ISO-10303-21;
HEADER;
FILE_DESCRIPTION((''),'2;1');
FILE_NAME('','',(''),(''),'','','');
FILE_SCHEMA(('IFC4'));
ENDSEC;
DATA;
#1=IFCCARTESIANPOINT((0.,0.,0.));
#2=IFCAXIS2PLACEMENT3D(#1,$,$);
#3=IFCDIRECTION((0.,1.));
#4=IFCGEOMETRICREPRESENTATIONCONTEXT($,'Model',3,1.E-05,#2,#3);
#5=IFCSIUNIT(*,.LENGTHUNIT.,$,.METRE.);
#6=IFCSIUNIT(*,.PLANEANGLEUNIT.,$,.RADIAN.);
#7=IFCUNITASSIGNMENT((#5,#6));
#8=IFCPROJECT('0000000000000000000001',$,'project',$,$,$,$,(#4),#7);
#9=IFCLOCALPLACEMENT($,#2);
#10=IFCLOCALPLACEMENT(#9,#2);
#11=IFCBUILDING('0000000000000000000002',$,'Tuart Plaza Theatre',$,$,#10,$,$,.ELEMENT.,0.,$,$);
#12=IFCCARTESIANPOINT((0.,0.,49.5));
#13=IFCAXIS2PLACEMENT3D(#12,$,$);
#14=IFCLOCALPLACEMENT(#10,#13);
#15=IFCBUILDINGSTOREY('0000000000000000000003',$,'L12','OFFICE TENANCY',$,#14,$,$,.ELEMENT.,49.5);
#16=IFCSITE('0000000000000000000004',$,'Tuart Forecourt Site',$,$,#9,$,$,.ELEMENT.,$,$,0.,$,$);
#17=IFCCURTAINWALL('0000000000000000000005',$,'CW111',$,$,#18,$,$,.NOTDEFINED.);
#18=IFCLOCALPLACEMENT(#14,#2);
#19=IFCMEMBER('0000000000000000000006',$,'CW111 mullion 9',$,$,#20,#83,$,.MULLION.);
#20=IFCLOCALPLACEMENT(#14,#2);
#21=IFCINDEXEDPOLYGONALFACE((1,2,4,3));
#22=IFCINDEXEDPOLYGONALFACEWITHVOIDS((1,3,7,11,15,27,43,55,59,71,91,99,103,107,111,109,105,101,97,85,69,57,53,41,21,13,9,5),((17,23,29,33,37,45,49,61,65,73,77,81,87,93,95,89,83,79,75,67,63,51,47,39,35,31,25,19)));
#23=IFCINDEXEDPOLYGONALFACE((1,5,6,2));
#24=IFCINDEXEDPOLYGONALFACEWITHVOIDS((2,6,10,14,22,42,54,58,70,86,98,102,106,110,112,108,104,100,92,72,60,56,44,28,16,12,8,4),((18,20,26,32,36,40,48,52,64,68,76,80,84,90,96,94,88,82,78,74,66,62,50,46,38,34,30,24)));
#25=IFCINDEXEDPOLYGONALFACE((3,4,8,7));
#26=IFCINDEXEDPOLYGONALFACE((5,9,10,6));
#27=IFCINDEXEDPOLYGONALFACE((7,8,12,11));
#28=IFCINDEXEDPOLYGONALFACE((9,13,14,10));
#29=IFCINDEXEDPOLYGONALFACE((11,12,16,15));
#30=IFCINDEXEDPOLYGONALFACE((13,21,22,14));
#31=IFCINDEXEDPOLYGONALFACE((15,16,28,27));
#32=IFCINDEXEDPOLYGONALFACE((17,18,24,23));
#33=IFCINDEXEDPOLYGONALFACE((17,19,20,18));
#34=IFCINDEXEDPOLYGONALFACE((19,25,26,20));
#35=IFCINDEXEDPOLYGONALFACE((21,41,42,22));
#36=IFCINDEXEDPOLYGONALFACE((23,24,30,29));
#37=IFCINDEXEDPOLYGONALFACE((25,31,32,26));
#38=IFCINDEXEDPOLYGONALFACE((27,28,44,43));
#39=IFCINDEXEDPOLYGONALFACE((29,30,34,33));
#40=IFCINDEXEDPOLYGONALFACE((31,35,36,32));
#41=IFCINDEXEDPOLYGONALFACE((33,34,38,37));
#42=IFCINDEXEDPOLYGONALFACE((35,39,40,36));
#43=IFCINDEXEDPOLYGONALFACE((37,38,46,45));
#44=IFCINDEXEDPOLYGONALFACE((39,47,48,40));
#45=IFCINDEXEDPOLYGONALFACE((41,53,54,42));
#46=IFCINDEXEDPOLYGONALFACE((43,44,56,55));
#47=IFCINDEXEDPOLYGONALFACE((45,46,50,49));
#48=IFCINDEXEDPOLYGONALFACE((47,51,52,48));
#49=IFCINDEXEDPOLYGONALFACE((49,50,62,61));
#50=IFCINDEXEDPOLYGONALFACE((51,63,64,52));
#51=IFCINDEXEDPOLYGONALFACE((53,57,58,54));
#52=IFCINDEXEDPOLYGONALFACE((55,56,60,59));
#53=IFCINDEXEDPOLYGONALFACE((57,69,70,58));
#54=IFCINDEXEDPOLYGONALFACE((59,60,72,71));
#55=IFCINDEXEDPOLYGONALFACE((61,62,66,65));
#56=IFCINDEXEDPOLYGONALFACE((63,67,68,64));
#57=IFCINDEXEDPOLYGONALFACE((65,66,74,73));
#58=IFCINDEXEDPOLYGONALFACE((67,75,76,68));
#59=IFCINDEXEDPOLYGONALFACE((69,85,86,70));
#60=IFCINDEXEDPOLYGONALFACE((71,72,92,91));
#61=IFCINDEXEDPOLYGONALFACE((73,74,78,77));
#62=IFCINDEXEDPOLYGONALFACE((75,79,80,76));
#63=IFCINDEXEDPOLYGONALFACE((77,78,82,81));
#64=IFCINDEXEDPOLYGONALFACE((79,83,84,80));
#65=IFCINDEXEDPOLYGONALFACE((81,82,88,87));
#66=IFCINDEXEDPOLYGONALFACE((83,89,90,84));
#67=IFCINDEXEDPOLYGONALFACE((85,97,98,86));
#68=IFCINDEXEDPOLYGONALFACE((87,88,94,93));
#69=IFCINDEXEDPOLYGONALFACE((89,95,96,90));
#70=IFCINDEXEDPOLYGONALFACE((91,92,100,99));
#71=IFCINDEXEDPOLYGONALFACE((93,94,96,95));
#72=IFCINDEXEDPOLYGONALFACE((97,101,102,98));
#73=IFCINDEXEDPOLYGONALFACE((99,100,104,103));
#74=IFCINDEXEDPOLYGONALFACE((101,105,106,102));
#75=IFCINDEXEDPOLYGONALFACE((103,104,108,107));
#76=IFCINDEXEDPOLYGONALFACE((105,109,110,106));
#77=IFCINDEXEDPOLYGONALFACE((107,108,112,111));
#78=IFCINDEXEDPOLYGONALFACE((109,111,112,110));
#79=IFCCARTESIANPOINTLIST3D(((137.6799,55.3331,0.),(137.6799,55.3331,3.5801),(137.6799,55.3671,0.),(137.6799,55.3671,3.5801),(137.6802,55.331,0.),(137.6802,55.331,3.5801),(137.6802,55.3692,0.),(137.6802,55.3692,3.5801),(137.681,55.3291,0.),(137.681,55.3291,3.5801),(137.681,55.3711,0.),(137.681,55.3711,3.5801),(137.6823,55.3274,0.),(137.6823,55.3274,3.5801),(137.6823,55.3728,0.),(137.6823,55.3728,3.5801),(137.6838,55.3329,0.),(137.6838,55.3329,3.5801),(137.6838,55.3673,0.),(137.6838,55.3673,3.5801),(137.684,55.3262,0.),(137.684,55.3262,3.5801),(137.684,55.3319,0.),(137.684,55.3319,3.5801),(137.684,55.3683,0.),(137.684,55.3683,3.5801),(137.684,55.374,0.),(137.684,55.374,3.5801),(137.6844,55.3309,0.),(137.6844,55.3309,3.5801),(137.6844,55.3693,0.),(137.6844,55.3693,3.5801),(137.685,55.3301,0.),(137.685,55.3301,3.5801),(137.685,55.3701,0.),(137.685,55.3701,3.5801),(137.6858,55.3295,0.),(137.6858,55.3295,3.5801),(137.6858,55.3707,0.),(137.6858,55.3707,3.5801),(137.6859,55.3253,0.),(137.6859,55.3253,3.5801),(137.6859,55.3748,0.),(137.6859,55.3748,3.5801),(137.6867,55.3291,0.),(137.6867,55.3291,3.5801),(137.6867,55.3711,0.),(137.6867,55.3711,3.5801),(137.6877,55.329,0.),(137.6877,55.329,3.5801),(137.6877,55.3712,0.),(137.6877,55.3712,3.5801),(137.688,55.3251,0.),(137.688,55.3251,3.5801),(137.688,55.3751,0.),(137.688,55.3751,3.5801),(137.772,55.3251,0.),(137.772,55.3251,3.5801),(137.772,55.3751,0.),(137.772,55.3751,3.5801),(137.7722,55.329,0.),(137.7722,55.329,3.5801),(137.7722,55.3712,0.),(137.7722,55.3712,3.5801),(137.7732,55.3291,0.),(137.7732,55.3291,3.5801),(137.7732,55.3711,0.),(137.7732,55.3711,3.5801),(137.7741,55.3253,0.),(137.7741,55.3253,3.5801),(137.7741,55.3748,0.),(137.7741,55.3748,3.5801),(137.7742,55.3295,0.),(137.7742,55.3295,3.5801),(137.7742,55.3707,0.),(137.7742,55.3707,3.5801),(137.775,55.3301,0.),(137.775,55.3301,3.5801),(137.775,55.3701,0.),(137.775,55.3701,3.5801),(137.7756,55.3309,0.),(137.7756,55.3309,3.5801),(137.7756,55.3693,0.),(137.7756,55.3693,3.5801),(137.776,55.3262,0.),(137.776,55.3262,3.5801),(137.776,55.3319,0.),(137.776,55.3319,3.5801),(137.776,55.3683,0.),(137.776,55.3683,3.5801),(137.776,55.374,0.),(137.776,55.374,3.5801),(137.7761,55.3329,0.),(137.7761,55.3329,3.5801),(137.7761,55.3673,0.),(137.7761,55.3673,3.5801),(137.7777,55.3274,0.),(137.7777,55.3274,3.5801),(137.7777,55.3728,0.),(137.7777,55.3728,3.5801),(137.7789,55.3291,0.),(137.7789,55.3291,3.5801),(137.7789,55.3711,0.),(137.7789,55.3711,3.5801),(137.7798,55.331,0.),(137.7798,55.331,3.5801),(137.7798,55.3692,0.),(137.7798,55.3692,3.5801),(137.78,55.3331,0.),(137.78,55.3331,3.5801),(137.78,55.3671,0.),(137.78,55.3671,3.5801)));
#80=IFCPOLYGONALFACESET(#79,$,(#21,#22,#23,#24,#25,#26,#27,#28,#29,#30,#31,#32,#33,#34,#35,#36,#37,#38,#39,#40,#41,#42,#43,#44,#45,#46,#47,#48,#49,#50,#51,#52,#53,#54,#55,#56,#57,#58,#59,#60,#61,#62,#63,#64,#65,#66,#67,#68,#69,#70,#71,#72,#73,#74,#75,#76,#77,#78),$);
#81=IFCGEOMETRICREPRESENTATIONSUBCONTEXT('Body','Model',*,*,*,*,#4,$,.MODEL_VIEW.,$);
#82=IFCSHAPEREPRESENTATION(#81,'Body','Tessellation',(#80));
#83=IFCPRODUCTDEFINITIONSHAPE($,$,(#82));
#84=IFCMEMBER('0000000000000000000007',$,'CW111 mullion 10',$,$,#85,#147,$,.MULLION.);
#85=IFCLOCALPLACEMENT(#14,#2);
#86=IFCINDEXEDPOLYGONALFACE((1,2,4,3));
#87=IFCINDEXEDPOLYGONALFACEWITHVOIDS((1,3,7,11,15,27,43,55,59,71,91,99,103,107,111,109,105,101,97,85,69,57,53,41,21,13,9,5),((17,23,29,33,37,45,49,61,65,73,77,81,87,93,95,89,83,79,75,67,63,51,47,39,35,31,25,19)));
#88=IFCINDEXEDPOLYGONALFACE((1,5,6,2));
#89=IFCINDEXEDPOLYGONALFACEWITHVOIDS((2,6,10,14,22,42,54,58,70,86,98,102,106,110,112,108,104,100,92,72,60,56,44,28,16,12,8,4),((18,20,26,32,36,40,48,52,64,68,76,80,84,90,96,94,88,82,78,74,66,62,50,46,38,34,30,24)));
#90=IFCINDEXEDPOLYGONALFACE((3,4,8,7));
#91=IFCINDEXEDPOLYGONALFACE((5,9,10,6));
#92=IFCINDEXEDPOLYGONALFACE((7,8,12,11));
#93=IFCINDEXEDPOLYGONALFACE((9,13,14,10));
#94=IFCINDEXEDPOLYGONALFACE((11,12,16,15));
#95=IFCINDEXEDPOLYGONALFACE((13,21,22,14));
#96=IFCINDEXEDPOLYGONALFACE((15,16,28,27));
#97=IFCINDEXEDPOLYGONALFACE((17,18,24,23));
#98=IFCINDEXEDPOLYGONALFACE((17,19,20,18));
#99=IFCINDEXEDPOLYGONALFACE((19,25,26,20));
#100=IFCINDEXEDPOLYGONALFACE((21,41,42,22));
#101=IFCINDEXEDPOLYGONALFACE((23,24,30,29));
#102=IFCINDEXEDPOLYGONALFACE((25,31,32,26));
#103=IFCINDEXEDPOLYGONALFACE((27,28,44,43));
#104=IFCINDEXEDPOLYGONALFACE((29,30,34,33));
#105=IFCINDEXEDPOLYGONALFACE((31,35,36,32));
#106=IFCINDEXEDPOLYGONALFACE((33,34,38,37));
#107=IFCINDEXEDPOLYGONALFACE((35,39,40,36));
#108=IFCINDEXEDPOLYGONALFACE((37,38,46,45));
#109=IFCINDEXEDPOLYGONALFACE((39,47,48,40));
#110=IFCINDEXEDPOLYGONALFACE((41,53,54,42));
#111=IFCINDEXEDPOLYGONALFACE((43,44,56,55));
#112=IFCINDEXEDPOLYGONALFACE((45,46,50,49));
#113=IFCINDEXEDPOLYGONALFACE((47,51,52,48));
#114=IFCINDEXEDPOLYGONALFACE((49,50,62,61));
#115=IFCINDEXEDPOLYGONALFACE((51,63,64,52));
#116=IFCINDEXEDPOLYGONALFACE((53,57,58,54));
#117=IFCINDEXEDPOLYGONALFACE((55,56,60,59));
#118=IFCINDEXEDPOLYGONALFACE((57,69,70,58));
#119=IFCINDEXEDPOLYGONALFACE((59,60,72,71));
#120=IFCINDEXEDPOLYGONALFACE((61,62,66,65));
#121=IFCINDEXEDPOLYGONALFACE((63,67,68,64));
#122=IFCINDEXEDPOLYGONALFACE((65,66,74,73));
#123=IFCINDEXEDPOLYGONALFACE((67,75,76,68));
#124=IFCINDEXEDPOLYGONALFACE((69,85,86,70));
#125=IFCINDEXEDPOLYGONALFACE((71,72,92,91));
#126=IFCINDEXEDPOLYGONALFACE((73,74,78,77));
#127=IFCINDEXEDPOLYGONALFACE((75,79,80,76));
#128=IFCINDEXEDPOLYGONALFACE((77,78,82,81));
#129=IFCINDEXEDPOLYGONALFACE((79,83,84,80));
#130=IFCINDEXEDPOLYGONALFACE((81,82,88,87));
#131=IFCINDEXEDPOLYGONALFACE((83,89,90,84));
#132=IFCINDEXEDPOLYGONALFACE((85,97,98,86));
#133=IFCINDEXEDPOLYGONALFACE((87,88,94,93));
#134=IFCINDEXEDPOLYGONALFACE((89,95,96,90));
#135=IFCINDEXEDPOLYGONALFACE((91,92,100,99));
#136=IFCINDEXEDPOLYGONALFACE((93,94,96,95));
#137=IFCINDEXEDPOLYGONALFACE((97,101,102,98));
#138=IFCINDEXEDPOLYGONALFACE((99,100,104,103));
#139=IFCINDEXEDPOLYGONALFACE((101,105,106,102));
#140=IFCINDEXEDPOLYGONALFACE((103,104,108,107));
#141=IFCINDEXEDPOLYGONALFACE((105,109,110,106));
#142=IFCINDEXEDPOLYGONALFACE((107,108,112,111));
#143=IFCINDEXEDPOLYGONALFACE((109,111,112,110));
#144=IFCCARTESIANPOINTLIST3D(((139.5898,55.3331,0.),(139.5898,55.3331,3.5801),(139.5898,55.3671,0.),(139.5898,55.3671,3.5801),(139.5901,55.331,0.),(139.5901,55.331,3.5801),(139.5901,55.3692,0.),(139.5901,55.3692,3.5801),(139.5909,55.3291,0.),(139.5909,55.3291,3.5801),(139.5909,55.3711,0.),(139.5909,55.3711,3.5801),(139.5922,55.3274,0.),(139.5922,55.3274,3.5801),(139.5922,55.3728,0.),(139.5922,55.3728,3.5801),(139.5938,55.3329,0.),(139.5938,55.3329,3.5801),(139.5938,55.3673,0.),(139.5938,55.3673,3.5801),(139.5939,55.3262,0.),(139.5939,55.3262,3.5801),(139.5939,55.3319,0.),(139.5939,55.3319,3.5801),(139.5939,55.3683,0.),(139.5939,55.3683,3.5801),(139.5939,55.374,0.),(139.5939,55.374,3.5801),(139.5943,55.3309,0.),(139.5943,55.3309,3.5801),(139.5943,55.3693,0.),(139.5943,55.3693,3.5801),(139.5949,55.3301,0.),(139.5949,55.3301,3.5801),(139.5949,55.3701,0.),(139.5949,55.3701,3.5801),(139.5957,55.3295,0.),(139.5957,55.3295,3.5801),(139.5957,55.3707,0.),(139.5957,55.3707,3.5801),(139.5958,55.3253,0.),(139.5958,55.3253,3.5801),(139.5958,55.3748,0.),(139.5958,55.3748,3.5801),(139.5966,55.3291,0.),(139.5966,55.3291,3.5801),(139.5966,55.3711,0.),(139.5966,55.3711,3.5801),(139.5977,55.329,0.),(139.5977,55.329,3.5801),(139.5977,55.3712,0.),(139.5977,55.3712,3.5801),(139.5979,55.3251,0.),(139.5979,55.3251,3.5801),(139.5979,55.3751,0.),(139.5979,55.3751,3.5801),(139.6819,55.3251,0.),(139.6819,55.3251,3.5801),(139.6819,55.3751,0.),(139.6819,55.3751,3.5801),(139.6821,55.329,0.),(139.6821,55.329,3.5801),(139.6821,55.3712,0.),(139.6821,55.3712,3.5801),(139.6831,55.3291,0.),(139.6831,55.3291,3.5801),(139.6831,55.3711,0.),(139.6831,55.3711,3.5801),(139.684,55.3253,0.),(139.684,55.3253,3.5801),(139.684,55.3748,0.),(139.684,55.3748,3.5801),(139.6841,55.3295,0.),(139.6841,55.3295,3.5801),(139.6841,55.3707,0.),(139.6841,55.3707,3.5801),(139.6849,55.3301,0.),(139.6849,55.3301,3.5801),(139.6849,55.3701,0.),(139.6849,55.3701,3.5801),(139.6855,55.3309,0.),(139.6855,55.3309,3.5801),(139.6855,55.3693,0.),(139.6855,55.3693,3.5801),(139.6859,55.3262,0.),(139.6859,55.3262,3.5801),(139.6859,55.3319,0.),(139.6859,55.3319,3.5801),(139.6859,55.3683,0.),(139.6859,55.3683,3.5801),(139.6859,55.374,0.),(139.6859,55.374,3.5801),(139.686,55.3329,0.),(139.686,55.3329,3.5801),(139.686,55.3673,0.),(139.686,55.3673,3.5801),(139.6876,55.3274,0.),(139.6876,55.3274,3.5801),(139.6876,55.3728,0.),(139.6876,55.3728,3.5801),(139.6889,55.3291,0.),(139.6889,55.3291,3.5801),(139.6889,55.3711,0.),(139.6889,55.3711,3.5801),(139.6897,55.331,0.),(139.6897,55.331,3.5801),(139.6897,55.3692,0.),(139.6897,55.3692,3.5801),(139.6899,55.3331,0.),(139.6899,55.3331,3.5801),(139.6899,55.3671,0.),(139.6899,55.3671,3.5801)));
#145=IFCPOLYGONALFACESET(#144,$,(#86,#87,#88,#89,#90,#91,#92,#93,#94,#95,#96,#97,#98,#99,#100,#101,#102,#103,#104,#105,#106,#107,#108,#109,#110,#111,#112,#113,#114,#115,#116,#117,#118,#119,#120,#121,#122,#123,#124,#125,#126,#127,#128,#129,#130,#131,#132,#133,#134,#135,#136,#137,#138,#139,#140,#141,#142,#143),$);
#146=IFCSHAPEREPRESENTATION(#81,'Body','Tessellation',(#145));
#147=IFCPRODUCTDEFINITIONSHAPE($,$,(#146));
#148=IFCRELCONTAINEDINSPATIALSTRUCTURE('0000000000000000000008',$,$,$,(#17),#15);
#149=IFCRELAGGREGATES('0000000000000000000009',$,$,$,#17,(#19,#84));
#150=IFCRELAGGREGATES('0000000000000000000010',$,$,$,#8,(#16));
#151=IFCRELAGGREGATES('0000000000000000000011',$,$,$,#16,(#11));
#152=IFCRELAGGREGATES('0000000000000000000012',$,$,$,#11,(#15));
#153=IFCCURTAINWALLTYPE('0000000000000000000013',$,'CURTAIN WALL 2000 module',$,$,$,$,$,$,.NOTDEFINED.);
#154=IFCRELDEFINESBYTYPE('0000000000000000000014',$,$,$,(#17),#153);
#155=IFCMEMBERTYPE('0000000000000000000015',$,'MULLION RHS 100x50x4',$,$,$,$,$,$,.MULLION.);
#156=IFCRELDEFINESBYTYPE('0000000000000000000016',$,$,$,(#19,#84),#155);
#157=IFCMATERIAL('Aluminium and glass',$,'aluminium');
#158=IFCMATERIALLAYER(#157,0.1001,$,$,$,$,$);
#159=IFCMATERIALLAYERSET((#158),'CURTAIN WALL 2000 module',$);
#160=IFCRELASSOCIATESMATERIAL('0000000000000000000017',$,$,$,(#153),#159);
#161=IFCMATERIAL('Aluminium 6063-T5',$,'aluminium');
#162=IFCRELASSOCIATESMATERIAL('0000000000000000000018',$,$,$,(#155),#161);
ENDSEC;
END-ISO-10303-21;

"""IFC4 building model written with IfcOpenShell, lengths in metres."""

from ifc_helpers import new_model, si_unit, direction, frame, origin, origin_2d, place, context, subcontext, project, spatial, hollow_rectangle, extrude, material, layer, layer_set, material_profile, profile_set, type_object, element, aggregate, save


model = new_model("IFC4")

# Units and contexts
model_context = context("Model", 3, precision=1e-05, world=origin(), true_north=direction((0.0, 1.0)))
body_context = subcontext(model_context, "Body", "Model", "MODEL_VIEW")
ifc_project = project(units=[si_unit("LENGTHUNIT", "METRE"), si_unit("PLANEANGLEUNIT", "RADIAN")], contexts=[model_context])

# Site, building, storey
site_placement = place(None, origin())
site = spatial("IfcSite", under=ifc_project, at=site_placement, Name="Tuart Forecourt Site", CompositionType="ELEMENT", RefElevation=0.0)
building_placement = place(site_placement, origin())
building = spatial("IfcBuilding", under=site, at=building_placement, Name="Tuart Plaza Theatre", CompositionType="ELEMENT", ElevationOfRefHeight=0.0)
storey_placement = place(building_placement, frame((0.0, 0.0, 49.5)))
storey = spatial("IfcBuildingStorey", under=building, at=storey_placement, Name="L12", Description="OFFICE TENANCY", CompositionType="ELEMENT", Elevation=49.5)

# Shared definitions
ifc_material_1 = material(Name="Aluminium and glass", Category="aluminium")
ifc_layer_1 = layer(ifc_material_1, 0.1001)
ifc_layer_set_1 = layer_set([ifc_layer_1], Name="CURTAIN WALL 2000 module")
curtain_wall_type = type_object("IfcCurtainWallType", Name="CURTAIN WALL 2000 module", PredefinedType="NOTDEFINED", material=ifc_layer_set_1)
ifc_material_2 = material(Name="Aluminium 6063-T5", Category="aluminium")
ifc_material_profile_1 = material_profile(ifc_material_2, hollow_rectangle(XDim=0.05, YDim=0.1001, WallThickness=0.0039, InnerFilletRadius=0.0039, OuterFilletRadius=0.0081, at=origin_2d()), Name="RHS 100x50x4")
ifc_profile_set_1 = profile_set([ifc_material_profile_1], Name="Aluminium 6063-T5")
member_type_1 = type_object("IfcMemberType", Name="MULLION RHS 100x50x4", PredefinedType="MULLION", material=ifc_profile_set_1)

# Curtain wall, members
curtain_wall_1_placement = place(storey_placement, origin())
curtain_wall_1 = element("IfcCurtainWall", 1, at=curtain_wall_1_placement, inside=storey, type_object=curtain_wall_type, Name="CW111", PredefinedType="NOTDEFINED")
member_1_placement = place(storey_placement, frame((137.73, 55.3501, 0.0), z_axis=(0.0, 0.0, 1.0), x_axis=(0.0, 1.0, 0.0)))
member_1 = element("IfcMember", 2, at=member_1_placement, type_object=member_type_1, Name="CW111 mullion 9", PredefinedType="MULLION", context=body_context, shape_type="SweptSolid", body=[
    extrude(hollow_rectangle(XDim=0.05, YDim=0.1001, WallThickness=0.0039, InnerFilletRadius=0.0039, OuterFilletRadius=0.0081, at=origin_2d()), origin(), (0.0, 0.0, 1.0), 3.5801),
])
member_2_placement = place(storey_placement, frame((139.6399, 55.3501, 0.0), z_axis=(0.0, 0.0, 1.0), x_axis=(0.0, 1.0, 0.0)))
member_2 = element("IfcMember", 3, at=member_2_placement, type_object=member_type_1, Name="CW111 mullion 10", PredefinedType="MULLION", context=body_context, shape_type="SweptSolid", body=[
    extrude(hollow_rectangle(XDim=0.05, YDim=0.1001, WallThickness=0.0039, InnerFilletRadius=0.0039, OuterFilletRadius=0.0081, at=origin_2d()), origin(), (0.0, 0.0, 1.0), 3.5801),
])

aggregate(curtain_wall_1, [member_1, member_2])

save(model, "model.ifc")
